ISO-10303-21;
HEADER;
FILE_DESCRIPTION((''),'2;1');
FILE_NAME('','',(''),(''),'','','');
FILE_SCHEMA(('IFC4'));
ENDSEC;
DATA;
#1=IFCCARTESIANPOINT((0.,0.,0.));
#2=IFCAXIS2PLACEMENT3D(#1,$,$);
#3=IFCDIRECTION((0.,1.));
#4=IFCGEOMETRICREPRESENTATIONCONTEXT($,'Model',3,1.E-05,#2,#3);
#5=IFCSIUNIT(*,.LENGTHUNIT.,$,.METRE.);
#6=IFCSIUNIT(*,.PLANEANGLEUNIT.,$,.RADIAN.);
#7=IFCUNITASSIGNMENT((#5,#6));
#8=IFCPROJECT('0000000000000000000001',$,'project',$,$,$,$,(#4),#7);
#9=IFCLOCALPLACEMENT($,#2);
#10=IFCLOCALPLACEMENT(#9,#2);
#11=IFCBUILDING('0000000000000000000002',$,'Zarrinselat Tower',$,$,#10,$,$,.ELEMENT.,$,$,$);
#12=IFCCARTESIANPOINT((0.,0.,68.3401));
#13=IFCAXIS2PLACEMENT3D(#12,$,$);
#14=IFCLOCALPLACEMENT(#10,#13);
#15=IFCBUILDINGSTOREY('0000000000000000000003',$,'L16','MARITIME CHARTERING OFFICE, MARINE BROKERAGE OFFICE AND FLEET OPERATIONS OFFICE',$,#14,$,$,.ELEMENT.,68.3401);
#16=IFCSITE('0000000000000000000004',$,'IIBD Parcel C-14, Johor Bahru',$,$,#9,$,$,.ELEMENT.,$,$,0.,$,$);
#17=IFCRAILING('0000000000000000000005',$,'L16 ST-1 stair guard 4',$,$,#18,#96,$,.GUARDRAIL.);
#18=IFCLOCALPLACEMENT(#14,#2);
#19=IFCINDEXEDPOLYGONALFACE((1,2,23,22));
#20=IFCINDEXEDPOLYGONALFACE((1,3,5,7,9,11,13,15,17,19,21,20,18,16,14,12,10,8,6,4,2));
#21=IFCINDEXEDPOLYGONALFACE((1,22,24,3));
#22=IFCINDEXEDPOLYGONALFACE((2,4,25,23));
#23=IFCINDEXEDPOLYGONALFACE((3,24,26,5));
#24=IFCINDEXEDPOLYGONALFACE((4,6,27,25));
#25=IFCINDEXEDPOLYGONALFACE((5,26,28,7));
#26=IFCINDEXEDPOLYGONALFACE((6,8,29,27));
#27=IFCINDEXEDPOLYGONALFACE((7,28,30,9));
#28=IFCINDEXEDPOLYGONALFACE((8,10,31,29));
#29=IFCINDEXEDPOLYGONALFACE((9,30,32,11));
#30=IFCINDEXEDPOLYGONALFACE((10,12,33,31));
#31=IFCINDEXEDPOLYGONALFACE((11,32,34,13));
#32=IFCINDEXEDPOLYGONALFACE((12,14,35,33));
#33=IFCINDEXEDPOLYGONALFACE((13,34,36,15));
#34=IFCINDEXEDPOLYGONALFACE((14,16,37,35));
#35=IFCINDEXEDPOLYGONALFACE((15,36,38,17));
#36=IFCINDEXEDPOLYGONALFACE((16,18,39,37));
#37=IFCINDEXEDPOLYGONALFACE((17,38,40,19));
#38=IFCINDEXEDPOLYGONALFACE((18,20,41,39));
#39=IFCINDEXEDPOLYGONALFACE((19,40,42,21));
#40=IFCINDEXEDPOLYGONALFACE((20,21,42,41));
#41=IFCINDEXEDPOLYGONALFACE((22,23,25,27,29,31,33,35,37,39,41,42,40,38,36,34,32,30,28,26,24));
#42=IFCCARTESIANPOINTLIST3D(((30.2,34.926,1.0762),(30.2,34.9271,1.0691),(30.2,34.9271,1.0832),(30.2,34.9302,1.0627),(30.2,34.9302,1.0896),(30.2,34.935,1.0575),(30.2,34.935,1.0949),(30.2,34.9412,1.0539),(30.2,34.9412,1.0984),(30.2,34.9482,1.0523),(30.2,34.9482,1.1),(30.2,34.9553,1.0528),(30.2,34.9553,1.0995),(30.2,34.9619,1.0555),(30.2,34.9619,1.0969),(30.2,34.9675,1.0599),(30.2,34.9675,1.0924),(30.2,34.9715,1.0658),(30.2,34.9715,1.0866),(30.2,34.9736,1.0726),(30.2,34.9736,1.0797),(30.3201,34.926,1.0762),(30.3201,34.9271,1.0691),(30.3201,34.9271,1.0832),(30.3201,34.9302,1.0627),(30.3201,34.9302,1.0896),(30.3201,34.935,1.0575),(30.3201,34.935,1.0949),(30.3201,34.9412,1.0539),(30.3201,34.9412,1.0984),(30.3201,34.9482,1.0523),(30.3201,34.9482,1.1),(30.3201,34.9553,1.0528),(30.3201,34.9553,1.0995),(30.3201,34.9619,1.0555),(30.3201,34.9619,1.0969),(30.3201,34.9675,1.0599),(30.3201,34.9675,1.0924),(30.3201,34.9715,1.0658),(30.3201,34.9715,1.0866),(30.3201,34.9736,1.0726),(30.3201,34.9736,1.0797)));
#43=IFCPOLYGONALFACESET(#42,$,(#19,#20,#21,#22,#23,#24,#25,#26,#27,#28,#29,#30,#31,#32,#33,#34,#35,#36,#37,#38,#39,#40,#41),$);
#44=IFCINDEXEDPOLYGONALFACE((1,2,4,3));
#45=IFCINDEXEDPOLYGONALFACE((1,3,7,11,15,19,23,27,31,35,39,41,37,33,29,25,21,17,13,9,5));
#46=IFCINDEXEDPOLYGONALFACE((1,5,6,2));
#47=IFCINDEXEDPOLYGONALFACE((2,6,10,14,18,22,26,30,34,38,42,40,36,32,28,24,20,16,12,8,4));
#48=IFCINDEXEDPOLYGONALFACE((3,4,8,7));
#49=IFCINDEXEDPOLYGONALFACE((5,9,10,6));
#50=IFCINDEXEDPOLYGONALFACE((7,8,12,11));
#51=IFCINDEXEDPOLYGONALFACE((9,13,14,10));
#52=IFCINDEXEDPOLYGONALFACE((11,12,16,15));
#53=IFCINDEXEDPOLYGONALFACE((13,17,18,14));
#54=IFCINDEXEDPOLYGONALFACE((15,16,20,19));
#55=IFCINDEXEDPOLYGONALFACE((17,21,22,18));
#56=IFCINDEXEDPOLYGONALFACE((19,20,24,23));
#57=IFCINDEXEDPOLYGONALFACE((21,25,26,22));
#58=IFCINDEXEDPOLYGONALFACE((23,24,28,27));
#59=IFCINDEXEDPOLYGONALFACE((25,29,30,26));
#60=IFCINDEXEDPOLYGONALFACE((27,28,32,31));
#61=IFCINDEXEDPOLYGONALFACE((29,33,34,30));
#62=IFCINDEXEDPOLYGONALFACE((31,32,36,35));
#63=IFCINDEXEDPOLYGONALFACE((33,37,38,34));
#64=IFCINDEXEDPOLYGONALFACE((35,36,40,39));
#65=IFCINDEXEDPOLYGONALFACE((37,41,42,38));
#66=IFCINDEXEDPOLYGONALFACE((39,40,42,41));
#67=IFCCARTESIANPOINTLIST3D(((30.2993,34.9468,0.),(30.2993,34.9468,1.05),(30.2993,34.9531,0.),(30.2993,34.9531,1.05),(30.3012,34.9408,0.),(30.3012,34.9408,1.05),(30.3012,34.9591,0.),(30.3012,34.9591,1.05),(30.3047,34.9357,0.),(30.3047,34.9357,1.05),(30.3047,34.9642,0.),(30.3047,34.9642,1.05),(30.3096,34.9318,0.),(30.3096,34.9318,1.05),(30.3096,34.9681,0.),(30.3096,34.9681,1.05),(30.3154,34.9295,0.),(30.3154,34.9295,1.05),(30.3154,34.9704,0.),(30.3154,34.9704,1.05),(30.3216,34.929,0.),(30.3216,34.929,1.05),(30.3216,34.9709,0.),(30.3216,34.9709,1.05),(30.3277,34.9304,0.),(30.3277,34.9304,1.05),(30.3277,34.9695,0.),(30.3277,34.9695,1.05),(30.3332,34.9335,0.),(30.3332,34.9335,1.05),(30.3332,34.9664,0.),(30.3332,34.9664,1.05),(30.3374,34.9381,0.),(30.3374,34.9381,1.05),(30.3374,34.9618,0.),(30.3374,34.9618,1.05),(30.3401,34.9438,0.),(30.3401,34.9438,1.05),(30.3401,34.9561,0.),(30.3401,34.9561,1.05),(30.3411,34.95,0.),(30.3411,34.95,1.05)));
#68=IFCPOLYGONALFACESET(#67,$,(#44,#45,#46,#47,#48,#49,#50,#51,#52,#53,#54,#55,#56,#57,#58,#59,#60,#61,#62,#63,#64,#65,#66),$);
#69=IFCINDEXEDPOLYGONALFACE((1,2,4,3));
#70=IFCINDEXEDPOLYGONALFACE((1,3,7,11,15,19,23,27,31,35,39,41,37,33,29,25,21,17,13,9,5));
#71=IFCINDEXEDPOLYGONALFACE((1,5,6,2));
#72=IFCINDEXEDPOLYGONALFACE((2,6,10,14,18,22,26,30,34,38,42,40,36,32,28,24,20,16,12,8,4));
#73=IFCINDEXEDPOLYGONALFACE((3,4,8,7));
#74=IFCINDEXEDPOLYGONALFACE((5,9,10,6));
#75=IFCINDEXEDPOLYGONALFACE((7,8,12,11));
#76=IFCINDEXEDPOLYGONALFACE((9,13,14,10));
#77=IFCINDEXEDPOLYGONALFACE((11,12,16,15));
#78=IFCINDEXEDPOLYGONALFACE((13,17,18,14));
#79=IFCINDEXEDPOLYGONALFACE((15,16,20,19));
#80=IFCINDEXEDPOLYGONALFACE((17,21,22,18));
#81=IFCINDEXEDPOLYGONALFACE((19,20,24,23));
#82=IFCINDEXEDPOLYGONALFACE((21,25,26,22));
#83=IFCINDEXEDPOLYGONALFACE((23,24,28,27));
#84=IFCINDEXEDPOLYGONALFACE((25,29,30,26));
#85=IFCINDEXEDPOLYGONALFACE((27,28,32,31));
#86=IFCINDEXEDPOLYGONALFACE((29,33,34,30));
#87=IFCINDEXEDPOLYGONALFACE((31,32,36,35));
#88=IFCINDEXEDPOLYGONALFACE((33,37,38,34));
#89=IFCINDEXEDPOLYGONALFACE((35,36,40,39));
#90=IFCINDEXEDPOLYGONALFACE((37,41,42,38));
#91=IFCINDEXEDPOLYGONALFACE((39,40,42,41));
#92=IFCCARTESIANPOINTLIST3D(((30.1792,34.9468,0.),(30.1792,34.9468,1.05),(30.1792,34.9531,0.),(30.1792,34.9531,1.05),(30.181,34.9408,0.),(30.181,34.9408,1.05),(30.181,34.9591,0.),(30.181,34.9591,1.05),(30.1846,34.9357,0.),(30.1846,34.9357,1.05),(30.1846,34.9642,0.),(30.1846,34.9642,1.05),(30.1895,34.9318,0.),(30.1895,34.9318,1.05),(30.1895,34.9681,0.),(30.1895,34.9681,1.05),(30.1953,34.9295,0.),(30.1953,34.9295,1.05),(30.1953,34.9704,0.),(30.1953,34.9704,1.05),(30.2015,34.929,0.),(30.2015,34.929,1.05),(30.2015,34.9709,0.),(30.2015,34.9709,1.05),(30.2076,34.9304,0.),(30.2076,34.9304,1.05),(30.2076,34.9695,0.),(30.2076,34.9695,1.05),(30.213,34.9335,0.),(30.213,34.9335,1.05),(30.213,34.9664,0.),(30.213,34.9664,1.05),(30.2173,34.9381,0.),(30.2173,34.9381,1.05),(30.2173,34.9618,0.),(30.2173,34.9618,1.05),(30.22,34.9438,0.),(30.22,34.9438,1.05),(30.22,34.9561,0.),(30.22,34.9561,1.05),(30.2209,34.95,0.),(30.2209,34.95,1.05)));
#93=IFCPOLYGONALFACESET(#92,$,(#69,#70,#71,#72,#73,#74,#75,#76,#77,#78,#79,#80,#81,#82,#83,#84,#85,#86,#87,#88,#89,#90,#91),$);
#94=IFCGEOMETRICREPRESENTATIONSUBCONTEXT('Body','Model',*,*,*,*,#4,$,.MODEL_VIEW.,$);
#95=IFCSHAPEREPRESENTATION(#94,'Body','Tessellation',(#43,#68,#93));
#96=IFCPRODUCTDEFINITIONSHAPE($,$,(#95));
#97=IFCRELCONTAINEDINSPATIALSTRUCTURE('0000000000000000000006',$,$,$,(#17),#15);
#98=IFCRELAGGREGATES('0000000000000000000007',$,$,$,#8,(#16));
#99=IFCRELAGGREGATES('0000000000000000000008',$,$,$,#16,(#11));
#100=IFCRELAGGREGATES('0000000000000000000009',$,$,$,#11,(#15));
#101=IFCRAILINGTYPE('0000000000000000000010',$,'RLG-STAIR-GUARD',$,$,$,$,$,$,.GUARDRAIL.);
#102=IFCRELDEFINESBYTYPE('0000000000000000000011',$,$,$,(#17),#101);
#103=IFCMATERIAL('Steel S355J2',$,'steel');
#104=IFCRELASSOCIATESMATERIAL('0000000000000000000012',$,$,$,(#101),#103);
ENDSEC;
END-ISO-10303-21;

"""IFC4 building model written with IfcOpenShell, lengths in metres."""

from ifc_helpers import new_model, si_unit, direction, frame, origin, origin_2d, place, context, subcontext, project, spatial, circle, extrude, material, type_object, element, save


model = new_model("IFC4")

# Units and contexts
model_context = context("Model", 3, precision=1e-05, world=origin(), true_north=direction((0.0, 1.0)))
body_context = subcontext(model_context, "Body", "Model", "MODEL_VIEW")
ifc_project = project(units=[si_unit("LENGTHUNIT", "METRE"), si_unit("PLANEANGLEUNIT", "RADIAN")], contexts=[model_context])

# Site, building, storey
site_placement = place(None, origin())
site = spatial("IfcSite", under=ifc_project, at=site_placement, Name="IIBD Parcel C-14, Johor Bahru", CompositionType="ELEMENT", RefElevation=0.0)
building_placement = place(site_placement, origin())
building = spatial("IfcBuilding", under=site, at=building_placement, Name="Zarrinselat Tower", CompositionType="ELEMENT")
storey_placement = place(building_placement, frame((0.0, 0.0, 68.3401)))
storey = spatial("IfcBuildingStorey", under=building, at=storey_placement, Name="L16", Description="MARITIME CHARTERING OFFICE, MARINE BROKERAGE OFFICE AND FLEET OPERATIONS OFFICE", CompositionType="ELEMENT", Elevation=68.3401)

# Railing
ifc_material_1 = material(Name="Steel S355J2", Category="steel")
railing_type_1 = type_object("IfcRailingType", Name="RLG-STAIR-GUARD", PredefinedType="GUARDRAIL", material=ifc_material_1)
railing_1_placement = place(storey_placement, frame((30.3201, 34.95, 0.0)))
element("IfcRailing", 1, at=railing_1_placement, inside=storey, type_object=railing_type_1, Name="L16 ST-1 stair guard 4", PredefinedType="GUARDRAIL", context=body_context, shape_type="SweptSolid", body=[
    extrude(circle(Radius=0.0239, at=origin_2d()), frame((0.0, 0.0, 1.0762), z_axis=(-1.0, 0.0, 0.0), x_axis=(0.0, -1.0, 0.0)), (0.0, 0.0, 1.0), 0.1201),
    extrude(circle(Radius=0.021, at=origin_2d()), origin(), (0.0, 0.0, 1.0), 1.05),
    extrude(circle(Radius=0.021, at=origin_2d()), frame((-0.1201, 0.0, 0.0)), (0.0, 0.0, 1.0), 1.05),
])

save(model, "model.ifc")
